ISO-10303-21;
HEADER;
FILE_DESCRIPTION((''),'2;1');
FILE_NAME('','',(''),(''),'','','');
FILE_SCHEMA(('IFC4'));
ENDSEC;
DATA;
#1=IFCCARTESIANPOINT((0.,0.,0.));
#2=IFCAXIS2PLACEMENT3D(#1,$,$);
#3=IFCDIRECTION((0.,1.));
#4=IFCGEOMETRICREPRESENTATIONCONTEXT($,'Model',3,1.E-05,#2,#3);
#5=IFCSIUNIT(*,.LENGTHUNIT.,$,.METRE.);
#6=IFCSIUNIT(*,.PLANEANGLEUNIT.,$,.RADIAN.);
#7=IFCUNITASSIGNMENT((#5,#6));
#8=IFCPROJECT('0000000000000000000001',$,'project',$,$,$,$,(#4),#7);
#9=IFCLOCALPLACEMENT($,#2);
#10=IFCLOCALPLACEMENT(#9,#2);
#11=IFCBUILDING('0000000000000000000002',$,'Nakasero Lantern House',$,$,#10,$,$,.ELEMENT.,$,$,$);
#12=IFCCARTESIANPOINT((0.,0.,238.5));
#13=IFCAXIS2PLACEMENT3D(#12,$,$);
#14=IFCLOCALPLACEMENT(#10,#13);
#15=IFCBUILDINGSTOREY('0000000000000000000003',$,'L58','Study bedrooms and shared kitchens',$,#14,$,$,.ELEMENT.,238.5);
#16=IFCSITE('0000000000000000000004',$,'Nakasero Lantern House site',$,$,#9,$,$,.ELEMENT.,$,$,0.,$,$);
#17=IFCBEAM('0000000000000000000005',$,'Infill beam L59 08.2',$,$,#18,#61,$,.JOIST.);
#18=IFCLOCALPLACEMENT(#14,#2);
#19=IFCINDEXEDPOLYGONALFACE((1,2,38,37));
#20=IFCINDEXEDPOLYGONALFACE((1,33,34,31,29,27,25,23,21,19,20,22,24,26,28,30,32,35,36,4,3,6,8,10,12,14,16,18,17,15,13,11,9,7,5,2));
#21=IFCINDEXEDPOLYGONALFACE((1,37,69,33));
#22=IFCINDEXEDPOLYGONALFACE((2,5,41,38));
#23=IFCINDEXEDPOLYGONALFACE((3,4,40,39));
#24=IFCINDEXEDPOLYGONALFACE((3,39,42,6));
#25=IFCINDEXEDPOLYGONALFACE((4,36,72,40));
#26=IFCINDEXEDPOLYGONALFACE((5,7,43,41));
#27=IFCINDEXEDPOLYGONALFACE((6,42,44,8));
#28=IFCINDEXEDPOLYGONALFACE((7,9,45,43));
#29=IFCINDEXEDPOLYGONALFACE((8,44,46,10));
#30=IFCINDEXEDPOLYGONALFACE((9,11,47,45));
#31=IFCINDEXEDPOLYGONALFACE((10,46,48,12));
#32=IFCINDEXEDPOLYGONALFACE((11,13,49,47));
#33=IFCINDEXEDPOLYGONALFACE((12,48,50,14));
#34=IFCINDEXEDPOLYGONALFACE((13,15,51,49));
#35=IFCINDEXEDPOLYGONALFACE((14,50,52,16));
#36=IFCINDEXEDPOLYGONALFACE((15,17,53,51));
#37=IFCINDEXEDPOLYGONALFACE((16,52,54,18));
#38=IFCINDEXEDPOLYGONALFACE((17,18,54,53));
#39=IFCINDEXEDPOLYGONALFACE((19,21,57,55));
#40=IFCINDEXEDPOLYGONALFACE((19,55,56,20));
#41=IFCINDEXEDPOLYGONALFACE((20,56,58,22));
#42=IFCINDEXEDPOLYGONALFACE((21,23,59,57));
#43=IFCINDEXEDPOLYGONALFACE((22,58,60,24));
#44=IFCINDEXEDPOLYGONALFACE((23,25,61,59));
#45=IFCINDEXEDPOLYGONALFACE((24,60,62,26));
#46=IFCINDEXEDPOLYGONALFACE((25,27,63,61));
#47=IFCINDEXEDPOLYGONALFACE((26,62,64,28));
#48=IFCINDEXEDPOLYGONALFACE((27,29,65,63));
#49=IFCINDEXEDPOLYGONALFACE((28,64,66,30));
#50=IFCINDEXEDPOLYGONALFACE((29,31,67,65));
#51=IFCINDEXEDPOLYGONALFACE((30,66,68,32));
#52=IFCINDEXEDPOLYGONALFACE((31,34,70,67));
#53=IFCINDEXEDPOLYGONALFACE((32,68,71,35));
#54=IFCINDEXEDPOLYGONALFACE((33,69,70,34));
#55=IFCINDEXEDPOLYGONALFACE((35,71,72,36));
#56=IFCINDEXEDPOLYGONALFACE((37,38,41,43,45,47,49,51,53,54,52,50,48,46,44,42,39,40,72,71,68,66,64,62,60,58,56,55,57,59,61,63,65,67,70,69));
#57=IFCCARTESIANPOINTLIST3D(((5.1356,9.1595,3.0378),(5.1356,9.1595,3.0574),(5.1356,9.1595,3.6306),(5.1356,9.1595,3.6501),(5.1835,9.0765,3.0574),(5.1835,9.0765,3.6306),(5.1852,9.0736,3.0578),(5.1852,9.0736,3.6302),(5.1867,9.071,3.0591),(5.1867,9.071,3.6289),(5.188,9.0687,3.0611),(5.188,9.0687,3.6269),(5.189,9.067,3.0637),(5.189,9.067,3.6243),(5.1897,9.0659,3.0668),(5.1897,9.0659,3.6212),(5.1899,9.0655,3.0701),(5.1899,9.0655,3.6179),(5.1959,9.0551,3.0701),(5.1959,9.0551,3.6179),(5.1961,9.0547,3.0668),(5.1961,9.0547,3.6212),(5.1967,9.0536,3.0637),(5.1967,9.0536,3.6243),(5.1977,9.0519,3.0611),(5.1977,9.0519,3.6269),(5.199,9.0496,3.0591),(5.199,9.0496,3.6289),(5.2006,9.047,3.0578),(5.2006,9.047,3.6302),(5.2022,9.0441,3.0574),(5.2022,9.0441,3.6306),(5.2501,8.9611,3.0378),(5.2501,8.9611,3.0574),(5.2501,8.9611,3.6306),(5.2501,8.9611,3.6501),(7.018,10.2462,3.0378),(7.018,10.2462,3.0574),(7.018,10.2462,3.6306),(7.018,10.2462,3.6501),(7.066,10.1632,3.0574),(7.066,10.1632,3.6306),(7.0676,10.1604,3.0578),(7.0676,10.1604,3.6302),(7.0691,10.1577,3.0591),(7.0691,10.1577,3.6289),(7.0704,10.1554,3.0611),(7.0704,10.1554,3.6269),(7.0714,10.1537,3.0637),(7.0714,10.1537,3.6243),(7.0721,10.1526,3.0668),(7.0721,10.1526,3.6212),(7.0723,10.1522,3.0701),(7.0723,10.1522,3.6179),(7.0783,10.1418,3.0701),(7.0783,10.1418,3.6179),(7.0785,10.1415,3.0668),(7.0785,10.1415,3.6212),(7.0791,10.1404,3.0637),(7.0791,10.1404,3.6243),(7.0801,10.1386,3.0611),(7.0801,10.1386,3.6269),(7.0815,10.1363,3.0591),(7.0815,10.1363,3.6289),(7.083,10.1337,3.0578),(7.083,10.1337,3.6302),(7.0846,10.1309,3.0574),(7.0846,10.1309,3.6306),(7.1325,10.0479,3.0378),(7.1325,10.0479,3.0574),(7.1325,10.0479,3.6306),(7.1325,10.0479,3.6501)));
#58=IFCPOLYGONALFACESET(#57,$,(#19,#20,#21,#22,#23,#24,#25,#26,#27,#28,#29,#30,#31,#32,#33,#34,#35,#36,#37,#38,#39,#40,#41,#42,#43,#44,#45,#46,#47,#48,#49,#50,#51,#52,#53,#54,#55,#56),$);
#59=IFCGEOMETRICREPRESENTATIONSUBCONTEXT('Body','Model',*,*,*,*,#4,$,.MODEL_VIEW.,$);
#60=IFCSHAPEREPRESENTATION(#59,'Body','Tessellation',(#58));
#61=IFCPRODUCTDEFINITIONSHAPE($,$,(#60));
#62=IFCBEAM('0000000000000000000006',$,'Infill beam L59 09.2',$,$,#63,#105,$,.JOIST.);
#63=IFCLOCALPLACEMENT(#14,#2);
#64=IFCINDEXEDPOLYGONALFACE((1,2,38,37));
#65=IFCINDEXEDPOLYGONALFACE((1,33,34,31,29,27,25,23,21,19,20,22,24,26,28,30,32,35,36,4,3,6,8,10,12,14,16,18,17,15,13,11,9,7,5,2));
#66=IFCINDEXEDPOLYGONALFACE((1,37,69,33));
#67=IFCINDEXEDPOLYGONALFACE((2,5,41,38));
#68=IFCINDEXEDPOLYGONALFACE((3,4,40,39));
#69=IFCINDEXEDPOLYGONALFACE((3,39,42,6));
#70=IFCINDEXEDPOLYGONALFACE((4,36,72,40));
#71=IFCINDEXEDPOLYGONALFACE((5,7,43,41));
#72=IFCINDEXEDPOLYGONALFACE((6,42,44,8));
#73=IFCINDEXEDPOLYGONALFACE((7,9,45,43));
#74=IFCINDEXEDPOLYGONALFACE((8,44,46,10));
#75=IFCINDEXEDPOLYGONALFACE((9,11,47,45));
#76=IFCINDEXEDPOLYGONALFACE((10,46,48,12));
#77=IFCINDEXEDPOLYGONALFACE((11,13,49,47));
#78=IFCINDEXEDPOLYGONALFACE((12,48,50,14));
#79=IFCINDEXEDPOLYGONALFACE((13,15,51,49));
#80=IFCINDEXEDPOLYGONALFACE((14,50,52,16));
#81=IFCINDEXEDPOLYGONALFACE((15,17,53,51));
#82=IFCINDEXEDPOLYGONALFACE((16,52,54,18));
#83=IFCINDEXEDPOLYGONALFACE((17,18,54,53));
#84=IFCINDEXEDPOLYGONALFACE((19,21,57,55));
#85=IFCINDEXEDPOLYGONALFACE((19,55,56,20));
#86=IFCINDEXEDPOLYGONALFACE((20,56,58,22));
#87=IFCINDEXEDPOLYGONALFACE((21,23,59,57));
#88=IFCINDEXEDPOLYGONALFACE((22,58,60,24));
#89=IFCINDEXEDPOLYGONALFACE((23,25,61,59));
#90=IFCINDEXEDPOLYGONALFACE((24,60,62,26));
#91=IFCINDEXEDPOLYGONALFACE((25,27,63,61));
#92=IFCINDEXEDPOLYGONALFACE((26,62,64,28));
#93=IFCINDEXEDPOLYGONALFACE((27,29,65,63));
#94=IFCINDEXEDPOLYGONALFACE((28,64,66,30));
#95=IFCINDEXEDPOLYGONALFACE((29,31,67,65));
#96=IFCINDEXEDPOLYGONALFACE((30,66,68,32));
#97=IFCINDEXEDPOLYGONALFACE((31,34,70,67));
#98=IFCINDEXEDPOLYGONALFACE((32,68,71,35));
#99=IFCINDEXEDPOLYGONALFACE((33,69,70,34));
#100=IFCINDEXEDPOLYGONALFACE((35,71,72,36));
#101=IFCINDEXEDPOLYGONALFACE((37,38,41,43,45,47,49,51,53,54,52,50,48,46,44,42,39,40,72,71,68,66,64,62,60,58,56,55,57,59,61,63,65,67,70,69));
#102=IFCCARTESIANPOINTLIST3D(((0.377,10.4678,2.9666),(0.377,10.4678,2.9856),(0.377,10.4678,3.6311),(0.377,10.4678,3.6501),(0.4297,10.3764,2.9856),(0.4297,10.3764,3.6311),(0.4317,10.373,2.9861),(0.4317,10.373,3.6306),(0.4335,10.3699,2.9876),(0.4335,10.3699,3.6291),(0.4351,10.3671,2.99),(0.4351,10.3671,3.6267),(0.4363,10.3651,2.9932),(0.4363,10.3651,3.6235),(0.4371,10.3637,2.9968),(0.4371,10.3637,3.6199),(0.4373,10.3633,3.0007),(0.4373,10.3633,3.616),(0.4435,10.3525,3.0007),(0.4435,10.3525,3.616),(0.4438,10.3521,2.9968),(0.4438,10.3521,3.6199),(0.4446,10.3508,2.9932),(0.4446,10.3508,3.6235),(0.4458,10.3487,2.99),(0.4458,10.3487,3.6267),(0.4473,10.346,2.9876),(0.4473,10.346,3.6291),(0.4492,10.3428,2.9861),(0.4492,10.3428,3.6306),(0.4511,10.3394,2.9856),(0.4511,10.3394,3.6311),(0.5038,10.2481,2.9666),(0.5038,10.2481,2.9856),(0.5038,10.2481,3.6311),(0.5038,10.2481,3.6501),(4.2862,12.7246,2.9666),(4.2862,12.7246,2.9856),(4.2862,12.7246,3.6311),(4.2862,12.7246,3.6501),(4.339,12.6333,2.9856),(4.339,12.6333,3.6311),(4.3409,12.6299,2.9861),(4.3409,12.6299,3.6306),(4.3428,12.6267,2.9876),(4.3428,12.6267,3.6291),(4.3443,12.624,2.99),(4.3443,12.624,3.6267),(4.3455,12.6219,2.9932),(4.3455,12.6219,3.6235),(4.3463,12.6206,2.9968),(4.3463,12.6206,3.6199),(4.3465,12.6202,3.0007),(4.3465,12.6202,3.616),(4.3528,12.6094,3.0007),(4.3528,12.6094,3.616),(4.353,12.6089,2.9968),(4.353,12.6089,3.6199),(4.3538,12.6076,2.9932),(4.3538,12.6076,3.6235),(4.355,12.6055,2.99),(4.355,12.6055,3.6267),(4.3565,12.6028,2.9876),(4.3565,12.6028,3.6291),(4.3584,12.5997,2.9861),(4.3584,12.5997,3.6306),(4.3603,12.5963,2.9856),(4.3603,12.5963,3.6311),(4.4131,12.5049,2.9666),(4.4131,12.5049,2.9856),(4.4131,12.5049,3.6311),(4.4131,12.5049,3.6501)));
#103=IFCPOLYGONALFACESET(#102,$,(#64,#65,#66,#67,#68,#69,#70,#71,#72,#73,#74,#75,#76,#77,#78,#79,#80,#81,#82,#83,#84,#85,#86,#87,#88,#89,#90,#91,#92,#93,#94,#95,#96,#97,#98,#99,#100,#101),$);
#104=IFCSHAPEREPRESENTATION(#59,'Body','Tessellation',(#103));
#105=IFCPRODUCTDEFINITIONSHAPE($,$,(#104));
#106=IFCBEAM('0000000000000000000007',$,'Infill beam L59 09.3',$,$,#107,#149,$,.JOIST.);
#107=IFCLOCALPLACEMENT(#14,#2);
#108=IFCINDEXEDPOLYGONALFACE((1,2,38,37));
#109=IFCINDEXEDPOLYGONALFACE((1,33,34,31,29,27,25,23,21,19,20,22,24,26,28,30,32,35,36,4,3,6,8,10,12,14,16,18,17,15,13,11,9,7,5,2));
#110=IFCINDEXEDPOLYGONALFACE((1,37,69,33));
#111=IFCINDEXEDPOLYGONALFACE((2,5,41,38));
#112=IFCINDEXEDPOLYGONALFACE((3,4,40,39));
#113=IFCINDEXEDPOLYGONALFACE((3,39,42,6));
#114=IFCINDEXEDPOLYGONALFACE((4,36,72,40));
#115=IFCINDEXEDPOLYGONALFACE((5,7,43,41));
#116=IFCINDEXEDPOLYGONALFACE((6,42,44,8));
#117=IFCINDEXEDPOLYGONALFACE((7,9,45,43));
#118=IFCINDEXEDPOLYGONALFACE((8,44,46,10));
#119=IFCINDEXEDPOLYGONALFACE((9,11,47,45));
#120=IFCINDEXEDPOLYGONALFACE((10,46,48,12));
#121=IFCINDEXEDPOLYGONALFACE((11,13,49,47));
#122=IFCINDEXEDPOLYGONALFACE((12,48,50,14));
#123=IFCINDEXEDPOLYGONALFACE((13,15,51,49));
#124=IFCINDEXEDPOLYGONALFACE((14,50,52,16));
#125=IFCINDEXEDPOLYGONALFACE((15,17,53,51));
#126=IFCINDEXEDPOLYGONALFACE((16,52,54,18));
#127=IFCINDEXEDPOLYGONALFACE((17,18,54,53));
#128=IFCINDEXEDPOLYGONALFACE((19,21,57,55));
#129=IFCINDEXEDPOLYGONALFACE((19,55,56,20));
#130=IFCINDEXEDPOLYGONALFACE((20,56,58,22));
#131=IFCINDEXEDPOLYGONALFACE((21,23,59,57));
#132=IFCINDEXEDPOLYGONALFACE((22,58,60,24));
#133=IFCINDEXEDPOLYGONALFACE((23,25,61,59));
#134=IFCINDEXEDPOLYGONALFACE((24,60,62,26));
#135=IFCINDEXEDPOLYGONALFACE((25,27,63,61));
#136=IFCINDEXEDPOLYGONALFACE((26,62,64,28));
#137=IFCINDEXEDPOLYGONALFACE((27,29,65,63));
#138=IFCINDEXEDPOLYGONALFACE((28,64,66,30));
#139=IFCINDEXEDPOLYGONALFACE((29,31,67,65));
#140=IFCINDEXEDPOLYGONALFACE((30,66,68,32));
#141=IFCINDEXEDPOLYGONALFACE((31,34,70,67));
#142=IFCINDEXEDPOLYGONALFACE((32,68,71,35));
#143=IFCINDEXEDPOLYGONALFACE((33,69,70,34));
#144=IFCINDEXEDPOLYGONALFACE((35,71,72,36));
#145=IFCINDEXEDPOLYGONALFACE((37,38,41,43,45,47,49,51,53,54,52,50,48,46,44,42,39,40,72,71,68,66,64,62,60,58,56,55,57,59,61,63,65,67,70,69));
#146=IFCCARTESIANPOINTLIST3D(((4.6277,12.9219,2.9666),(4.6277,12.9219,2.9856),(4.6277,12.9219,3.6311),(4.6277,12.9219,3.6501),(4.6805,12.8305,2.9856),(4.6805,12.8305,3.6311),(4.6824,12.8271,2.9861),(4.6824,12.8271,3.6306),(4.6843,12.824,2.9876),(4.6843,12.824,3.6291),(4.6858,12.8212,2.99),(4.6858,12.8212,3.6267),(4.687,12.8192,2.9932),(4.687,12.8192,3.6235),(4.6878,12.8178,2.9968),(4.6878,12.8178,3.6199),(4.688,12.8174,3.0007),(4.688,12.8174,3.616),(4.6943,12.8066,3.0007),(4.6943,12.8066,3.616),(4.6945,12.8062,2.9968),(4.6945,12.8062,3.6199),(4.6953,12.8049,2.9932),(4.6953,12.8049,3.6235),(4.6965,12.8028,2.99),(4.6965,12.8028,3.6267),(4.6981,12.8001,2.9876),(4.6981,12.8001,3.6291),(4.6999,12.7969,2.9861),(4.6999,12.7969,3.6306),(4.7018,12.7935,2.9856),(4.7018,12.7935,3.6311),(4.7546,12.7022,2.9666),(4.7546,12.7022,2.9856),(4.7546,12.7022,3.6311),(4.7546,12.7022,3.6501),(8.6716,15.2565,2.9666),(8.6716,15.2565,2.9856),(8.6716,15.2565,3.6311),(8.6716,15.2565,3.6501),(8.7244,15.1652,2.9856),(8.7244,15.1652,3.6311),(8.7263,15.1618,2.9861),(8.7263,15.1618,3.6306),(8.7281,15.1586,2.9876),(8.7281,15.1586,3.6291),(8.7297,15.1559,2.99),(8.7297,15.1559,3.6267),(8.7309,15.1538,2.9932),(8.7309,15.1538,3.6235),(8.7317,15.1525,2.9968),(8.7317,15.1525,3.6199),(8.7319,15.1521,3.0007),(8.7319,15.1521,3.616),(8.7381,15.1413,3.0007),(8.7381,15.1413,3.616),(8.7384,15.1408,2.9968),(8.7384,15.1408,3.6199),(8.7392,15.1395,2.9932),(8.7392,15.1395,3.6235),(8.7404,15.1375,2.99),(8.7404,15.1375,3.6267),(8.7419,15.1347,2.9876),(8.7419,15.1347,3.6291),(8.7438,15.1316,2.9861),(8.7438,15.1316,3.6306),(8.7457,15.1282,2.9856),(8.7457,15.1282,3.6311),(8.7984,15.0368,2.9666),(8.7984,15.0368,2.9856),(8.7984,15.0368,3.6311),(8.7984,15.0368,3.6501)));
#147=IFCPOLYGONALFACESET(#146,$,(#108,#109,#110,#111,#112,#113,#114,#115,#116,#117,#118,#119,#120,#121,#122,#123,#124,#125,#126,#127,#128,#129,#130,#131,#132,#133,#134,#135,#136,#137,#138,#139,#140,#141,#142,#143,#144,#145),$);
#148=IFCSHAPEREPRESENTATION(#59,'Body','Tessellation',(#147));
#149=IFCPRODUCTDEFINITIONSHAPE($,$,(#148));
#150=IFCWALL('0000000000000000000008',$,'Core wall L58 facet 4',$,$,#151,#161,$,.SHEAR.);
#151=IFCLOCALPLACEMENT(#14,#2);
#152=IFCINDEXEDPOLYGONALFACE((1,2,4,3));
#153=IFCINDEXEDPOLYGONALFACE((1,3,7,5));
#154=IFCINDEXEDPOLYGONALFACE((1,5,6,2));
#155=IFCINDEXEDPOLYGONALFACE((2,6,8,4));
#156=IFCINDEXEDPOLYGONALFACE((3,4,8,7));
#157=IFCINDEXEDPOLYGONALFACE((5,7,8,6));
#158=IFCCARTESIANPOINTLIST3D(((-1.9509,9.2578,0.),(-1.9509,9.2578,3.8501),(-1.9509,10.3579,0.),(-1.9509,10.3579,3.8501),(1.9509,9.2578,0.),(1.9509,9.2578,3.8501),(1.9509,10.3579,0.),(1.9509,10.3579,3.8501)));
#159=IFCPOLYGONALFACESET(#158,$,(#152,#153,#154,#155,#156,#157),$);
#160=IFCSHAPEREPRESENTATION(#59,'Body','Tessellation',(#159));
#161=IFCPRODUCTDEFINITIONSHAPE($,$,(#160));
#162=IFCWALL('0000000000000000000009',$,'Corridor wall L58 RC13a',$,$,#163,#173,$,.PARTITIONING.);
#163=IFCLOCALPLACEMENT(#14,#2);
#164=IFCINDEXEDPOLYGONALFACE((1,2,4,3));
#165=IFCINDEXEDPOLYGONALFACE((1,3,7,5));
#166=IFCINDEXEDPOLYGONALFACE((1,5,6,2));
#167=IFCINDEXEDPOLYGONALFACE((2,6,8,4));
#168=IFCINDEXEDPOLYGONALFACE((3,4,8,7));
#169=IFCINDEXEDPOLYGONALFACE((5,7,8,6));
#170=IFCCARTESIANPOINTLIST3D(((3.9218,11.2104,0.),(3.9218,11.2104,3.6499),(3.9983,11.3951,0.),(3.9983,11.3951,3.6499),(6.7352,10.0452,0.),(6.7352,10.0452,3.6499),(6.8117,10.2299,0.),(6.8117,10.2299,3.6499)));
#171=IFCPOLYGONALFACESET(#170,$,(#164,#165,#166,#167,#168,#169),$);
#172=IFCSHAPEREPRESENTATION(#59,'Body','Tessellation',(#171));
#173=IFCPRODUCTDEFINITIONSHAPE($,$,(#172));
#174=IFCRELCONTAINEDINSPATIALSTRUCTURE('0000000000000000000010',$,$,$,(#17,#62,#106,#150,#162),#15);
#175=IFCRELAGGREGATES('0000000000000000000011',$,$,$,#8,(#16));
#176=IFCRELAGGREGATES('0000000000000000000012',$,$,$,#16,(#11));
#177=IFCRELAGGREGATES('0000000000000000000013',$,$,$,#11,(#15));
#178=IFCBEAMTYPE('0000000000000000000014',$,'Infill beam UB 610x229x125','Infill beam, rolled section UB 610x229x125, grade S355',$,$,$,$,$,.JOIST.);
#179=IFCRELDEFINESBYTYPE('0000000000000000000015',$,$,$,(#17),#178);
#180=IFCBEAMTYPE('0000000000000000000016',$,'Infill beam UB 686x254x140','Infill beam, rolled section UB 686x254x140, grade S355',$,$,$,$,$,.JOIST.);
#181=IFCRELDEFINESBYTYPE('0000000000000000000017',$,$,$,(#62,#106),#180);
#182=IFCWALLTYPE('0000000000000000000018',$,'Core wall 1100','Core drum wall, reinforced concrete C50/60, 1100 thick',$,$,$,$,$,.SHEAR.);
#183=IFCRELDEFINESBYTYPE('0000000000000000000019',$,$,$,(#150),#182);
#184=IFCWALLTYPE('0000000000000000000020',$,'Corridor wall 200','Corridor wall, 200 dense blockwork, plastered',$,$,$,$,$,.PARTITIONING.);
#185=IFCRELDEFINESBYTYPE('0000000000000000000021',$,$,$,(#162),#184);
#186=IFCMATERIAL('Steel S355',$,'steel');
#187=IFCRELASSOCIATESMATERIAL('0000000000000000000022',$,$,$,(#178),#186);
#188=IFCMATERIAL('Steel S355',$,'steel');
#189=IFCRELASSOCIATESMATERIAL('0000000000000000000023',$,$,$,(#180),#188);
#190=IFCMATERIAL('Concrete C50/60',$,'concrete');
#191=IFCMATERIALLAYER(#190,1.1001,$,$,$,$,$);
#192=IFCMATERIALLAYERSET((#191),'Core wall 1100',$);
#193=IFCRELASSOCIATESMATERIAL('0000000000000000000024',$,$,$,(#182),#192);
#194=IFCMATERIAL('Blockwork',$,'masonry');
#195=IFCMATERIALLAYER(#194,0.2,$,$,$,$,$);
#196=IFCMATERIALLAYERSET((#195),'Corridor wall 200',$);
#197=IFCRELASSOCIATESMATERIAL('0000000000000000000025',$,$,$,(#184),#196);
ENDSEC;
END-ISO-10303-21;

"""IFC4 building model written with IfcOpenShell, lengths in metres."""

from ifc_helpers import new_model, si_unit, direction, frame, frame_2d, origin, origin_2d, place, context, subcontext, project, spatial, rectangle, i_section, extrude, material, layer, layer_set, material_profile, profile_set, type_object, element, save


model = new_model("IFC4")

# Units and contexts
model_context = context("Model", 3, precision=1e-05, world=origin(), true_north=direction((0.0, 1.0)))
body_context = subcontext(model_context, "Body", "Model", "MODEL_VIEW")
ifc_project = project(units=[si_unit("LENGTHUNIT", "METRE"), si_unit("PLANEANGLEUNIT", "RADIAN")], contexts=[model_context])

# Site, building, storey
site_placement = place(None, origin())
site = spatial("IfcSite", under=ifc_project, at=site_placement, Name="Nakasero Lantern House site", CompositionType="ELEMENT", RefElevation=0.0)
building_placement = place(site_placement, origin())
building = spatial("IfcBuilding", under=site, at=building_placement, Name="Nakasero Lantern House", CompositionType="ELEMENT")
storey_placement = place(building_placement, frame((0.0, 0.0, 238.5)))
storey = spatial("IfcBuildingStorey", under=building, at=storey_placement, Name="L58", Description="Study bedrooms and shared kitchens", CompositionType="ELEMENT", Elevation=238.5)

# Beams
ifc_material_1 = material(Name="Steel S355", Category="steel")
ifc_material_profile_1 = material_profile(ifc_material_1, i_section(OverallWidth=0.229, OverallDepth=0.6123, WebThickness=0.012, FlangeThickness=0.0195, FilletRadius=0.0127, at=origin_2d()), Name="UB 610x229x125")
ifc_profile_set_1 = profile_set([ifc_material_profile_1], Name="Steel S355")
beam_type_1 = type_object("IfcBeamType", Name="Infill beam UB 610x229x125", Description="Infill beam, rolled section UB 610x229x125, grade S355", PredefinedType="JOIST", material=ifc_profile_set_1)
beam_1_placement = place(storey_placement, frame((5.1929, 9.0603, 3.344), z_axis=(0.866043, 0.499969, 0.0), x_axis=(-0.499969, 0.866043, 0.0)))
element("IfcBeam", 1, at=beam_1_placement, inside=storey, type_object=beam_type_1, Name="Infill beam L59 08.2", PredefinedType="JOIST", context=body_context, shape_type="SweptSolid", body=[
    extrude(i_section(OverallWidth=0.229, OverallDepth=0.6123, WebThickness=0.012, FlangeThickness=0.0195, FilletRadius=0.0127, at=origin_2d()), origin(), (0.0, 0.0, 1.0), 2.1736),
])
ifc_material_2 = material(Name="Steel S355", Category="steel")
ifc_material_profile_2 = material_profile(ifc_material_2, i_section(OverallWidth=0.2537, OverallDepth=0.6836, WebThickness=0.0125, FlangeThickness=0.019, FilletRadius=0.0151, at=origin_2d()), Name="UB 686x254x140")
ifc_profile_set_2 = profile_set([ifc_material_profile_2], Name="Steel S355")
beam_type_2 = type_object("IfcBeamType", Name="Infill beam UB 686x254x140", Description="Infill beam, rolled section UB 686x254x140, grade S355", PredefinedType="JOIST", material=ifc_profile_set_2)
beam_2_placement = place(storey_placement, frame((0.4404, 10.3579, 3.3083), z_axis=(0.866038, 0.499978, 0.0), x_axis=(-0.499978, 0.866038, 0.0)))
element("IfcBeam", 2, at=beam_2_placement, inside=storey, type_object=beam_type_2, Name="Infill beam L59 09.2", PredefinedType="JOIST", context=body_context, shape_type="SweptSolid", body=[
    extrude(i_section(OverallWidth=0.2537, OverallDepth=0.6836, WebThickness=0.0125, FlangeThickness=0.019, FilletRadius=0.0151, at=origin_2d()), origin(), (0.0, 0.0, 1.0), 4.5139),
])
beam_3_placement = place(storey_placement, frame((4.6912, 12.812, 3.3083), z_axis=(0.866031, 0.499991, 0.0), x_axis=(-0.499991, 0.866031, 0.0)))
element("IfcBeam", 3, at=beam_3_placement, inside=storey, type_object=beam_type_2, Name="Infill beam L59 09.3", PredefinedType="JOIST", context=body_context, shape_type="SweptSolid", body=[
    extrude(i_section(OverallWidth=0.2537, OverallDepth=0.6836, WebThickness=0.0125, FlangeThickness=0.019, FilletRadius=0.0151, at=origin_2d()), origin(), (0.0, 0.0, 1.0), 4.6694),
])

# Walls
ifc_material_3 = material(Name="Concrete C50/60", Category="concrete")
ifc_layer_1 = layer(ifc_material_3, 1.1001)
ifc_layer_set_1 = layer_set([ifc_layer_1], Name="Core wall 1100")
wall_type_1 = type_object("IfcWallType", Name="Core wall 1100", Description="Core drum wall, reinforced concrete C50/60, 1100 thick", PredefinedType="SHEAR", material=ifc_layer_set_1)
wall_1_placement = place(storey_placement, frame((1.9509, 9.8079, 0.0), z_axis=(0.0, 0.0, 1.0), x_axis=(-1.0, 0.0, 0.0)))
element("IfcWall", 4, at=wall_1_placement, inside=storey, type_object=wall_type_1, Name="Core wall L58 facet 4", PredefinedType="SHEAR", context=body_context, shape_type="SweptSolid", body=[
    extrude(rectangle(XDim=3.9019, YDim=1.1001, at=frame_2d((1.9509, 0.0))), origin(), (0.0, 0.0, 1.0), 3.8501),
])
ifc_material_4 = material(Name="Blockwork", Category="masonry")
ifc_layer_2 = layer(ifc_material_4, 0.2)
ifc_layer_set_2 = layer_set([ifc_layer_2], Name="Corridor wall 200")
wall_type_2 = type_object("IfcWallType", Name="Corridor wall 200", Description="Corridor wall, 200 dense blockwork, plastered", PredefinedType="PARTITIONING", material=ifc_layer_set_2)
wall_2_placement = place(storey_placement, frame((3.9602, 11.3027, 0.0), z_axis=(0.0, 0.0, 1.0), x_axis=(0.923891, -0.382656, 0.0)))
element("IfcWall", 5, at=wall_2_placement, inside=storey, type_object=wall_type_2, Name="Corridor wall L58 RC13a", PredefinedType="PARTITIONING", context=body_context, shape_type="SweptSolid", body=[
    extrude(rectangle(XDim=3.0452, YDim=0.2, at=frame_2d((1.5225, 0.0))), origin(), (0.0, 0.0, 1.0), 3.6499),
])

save(model, "model.ifc")
